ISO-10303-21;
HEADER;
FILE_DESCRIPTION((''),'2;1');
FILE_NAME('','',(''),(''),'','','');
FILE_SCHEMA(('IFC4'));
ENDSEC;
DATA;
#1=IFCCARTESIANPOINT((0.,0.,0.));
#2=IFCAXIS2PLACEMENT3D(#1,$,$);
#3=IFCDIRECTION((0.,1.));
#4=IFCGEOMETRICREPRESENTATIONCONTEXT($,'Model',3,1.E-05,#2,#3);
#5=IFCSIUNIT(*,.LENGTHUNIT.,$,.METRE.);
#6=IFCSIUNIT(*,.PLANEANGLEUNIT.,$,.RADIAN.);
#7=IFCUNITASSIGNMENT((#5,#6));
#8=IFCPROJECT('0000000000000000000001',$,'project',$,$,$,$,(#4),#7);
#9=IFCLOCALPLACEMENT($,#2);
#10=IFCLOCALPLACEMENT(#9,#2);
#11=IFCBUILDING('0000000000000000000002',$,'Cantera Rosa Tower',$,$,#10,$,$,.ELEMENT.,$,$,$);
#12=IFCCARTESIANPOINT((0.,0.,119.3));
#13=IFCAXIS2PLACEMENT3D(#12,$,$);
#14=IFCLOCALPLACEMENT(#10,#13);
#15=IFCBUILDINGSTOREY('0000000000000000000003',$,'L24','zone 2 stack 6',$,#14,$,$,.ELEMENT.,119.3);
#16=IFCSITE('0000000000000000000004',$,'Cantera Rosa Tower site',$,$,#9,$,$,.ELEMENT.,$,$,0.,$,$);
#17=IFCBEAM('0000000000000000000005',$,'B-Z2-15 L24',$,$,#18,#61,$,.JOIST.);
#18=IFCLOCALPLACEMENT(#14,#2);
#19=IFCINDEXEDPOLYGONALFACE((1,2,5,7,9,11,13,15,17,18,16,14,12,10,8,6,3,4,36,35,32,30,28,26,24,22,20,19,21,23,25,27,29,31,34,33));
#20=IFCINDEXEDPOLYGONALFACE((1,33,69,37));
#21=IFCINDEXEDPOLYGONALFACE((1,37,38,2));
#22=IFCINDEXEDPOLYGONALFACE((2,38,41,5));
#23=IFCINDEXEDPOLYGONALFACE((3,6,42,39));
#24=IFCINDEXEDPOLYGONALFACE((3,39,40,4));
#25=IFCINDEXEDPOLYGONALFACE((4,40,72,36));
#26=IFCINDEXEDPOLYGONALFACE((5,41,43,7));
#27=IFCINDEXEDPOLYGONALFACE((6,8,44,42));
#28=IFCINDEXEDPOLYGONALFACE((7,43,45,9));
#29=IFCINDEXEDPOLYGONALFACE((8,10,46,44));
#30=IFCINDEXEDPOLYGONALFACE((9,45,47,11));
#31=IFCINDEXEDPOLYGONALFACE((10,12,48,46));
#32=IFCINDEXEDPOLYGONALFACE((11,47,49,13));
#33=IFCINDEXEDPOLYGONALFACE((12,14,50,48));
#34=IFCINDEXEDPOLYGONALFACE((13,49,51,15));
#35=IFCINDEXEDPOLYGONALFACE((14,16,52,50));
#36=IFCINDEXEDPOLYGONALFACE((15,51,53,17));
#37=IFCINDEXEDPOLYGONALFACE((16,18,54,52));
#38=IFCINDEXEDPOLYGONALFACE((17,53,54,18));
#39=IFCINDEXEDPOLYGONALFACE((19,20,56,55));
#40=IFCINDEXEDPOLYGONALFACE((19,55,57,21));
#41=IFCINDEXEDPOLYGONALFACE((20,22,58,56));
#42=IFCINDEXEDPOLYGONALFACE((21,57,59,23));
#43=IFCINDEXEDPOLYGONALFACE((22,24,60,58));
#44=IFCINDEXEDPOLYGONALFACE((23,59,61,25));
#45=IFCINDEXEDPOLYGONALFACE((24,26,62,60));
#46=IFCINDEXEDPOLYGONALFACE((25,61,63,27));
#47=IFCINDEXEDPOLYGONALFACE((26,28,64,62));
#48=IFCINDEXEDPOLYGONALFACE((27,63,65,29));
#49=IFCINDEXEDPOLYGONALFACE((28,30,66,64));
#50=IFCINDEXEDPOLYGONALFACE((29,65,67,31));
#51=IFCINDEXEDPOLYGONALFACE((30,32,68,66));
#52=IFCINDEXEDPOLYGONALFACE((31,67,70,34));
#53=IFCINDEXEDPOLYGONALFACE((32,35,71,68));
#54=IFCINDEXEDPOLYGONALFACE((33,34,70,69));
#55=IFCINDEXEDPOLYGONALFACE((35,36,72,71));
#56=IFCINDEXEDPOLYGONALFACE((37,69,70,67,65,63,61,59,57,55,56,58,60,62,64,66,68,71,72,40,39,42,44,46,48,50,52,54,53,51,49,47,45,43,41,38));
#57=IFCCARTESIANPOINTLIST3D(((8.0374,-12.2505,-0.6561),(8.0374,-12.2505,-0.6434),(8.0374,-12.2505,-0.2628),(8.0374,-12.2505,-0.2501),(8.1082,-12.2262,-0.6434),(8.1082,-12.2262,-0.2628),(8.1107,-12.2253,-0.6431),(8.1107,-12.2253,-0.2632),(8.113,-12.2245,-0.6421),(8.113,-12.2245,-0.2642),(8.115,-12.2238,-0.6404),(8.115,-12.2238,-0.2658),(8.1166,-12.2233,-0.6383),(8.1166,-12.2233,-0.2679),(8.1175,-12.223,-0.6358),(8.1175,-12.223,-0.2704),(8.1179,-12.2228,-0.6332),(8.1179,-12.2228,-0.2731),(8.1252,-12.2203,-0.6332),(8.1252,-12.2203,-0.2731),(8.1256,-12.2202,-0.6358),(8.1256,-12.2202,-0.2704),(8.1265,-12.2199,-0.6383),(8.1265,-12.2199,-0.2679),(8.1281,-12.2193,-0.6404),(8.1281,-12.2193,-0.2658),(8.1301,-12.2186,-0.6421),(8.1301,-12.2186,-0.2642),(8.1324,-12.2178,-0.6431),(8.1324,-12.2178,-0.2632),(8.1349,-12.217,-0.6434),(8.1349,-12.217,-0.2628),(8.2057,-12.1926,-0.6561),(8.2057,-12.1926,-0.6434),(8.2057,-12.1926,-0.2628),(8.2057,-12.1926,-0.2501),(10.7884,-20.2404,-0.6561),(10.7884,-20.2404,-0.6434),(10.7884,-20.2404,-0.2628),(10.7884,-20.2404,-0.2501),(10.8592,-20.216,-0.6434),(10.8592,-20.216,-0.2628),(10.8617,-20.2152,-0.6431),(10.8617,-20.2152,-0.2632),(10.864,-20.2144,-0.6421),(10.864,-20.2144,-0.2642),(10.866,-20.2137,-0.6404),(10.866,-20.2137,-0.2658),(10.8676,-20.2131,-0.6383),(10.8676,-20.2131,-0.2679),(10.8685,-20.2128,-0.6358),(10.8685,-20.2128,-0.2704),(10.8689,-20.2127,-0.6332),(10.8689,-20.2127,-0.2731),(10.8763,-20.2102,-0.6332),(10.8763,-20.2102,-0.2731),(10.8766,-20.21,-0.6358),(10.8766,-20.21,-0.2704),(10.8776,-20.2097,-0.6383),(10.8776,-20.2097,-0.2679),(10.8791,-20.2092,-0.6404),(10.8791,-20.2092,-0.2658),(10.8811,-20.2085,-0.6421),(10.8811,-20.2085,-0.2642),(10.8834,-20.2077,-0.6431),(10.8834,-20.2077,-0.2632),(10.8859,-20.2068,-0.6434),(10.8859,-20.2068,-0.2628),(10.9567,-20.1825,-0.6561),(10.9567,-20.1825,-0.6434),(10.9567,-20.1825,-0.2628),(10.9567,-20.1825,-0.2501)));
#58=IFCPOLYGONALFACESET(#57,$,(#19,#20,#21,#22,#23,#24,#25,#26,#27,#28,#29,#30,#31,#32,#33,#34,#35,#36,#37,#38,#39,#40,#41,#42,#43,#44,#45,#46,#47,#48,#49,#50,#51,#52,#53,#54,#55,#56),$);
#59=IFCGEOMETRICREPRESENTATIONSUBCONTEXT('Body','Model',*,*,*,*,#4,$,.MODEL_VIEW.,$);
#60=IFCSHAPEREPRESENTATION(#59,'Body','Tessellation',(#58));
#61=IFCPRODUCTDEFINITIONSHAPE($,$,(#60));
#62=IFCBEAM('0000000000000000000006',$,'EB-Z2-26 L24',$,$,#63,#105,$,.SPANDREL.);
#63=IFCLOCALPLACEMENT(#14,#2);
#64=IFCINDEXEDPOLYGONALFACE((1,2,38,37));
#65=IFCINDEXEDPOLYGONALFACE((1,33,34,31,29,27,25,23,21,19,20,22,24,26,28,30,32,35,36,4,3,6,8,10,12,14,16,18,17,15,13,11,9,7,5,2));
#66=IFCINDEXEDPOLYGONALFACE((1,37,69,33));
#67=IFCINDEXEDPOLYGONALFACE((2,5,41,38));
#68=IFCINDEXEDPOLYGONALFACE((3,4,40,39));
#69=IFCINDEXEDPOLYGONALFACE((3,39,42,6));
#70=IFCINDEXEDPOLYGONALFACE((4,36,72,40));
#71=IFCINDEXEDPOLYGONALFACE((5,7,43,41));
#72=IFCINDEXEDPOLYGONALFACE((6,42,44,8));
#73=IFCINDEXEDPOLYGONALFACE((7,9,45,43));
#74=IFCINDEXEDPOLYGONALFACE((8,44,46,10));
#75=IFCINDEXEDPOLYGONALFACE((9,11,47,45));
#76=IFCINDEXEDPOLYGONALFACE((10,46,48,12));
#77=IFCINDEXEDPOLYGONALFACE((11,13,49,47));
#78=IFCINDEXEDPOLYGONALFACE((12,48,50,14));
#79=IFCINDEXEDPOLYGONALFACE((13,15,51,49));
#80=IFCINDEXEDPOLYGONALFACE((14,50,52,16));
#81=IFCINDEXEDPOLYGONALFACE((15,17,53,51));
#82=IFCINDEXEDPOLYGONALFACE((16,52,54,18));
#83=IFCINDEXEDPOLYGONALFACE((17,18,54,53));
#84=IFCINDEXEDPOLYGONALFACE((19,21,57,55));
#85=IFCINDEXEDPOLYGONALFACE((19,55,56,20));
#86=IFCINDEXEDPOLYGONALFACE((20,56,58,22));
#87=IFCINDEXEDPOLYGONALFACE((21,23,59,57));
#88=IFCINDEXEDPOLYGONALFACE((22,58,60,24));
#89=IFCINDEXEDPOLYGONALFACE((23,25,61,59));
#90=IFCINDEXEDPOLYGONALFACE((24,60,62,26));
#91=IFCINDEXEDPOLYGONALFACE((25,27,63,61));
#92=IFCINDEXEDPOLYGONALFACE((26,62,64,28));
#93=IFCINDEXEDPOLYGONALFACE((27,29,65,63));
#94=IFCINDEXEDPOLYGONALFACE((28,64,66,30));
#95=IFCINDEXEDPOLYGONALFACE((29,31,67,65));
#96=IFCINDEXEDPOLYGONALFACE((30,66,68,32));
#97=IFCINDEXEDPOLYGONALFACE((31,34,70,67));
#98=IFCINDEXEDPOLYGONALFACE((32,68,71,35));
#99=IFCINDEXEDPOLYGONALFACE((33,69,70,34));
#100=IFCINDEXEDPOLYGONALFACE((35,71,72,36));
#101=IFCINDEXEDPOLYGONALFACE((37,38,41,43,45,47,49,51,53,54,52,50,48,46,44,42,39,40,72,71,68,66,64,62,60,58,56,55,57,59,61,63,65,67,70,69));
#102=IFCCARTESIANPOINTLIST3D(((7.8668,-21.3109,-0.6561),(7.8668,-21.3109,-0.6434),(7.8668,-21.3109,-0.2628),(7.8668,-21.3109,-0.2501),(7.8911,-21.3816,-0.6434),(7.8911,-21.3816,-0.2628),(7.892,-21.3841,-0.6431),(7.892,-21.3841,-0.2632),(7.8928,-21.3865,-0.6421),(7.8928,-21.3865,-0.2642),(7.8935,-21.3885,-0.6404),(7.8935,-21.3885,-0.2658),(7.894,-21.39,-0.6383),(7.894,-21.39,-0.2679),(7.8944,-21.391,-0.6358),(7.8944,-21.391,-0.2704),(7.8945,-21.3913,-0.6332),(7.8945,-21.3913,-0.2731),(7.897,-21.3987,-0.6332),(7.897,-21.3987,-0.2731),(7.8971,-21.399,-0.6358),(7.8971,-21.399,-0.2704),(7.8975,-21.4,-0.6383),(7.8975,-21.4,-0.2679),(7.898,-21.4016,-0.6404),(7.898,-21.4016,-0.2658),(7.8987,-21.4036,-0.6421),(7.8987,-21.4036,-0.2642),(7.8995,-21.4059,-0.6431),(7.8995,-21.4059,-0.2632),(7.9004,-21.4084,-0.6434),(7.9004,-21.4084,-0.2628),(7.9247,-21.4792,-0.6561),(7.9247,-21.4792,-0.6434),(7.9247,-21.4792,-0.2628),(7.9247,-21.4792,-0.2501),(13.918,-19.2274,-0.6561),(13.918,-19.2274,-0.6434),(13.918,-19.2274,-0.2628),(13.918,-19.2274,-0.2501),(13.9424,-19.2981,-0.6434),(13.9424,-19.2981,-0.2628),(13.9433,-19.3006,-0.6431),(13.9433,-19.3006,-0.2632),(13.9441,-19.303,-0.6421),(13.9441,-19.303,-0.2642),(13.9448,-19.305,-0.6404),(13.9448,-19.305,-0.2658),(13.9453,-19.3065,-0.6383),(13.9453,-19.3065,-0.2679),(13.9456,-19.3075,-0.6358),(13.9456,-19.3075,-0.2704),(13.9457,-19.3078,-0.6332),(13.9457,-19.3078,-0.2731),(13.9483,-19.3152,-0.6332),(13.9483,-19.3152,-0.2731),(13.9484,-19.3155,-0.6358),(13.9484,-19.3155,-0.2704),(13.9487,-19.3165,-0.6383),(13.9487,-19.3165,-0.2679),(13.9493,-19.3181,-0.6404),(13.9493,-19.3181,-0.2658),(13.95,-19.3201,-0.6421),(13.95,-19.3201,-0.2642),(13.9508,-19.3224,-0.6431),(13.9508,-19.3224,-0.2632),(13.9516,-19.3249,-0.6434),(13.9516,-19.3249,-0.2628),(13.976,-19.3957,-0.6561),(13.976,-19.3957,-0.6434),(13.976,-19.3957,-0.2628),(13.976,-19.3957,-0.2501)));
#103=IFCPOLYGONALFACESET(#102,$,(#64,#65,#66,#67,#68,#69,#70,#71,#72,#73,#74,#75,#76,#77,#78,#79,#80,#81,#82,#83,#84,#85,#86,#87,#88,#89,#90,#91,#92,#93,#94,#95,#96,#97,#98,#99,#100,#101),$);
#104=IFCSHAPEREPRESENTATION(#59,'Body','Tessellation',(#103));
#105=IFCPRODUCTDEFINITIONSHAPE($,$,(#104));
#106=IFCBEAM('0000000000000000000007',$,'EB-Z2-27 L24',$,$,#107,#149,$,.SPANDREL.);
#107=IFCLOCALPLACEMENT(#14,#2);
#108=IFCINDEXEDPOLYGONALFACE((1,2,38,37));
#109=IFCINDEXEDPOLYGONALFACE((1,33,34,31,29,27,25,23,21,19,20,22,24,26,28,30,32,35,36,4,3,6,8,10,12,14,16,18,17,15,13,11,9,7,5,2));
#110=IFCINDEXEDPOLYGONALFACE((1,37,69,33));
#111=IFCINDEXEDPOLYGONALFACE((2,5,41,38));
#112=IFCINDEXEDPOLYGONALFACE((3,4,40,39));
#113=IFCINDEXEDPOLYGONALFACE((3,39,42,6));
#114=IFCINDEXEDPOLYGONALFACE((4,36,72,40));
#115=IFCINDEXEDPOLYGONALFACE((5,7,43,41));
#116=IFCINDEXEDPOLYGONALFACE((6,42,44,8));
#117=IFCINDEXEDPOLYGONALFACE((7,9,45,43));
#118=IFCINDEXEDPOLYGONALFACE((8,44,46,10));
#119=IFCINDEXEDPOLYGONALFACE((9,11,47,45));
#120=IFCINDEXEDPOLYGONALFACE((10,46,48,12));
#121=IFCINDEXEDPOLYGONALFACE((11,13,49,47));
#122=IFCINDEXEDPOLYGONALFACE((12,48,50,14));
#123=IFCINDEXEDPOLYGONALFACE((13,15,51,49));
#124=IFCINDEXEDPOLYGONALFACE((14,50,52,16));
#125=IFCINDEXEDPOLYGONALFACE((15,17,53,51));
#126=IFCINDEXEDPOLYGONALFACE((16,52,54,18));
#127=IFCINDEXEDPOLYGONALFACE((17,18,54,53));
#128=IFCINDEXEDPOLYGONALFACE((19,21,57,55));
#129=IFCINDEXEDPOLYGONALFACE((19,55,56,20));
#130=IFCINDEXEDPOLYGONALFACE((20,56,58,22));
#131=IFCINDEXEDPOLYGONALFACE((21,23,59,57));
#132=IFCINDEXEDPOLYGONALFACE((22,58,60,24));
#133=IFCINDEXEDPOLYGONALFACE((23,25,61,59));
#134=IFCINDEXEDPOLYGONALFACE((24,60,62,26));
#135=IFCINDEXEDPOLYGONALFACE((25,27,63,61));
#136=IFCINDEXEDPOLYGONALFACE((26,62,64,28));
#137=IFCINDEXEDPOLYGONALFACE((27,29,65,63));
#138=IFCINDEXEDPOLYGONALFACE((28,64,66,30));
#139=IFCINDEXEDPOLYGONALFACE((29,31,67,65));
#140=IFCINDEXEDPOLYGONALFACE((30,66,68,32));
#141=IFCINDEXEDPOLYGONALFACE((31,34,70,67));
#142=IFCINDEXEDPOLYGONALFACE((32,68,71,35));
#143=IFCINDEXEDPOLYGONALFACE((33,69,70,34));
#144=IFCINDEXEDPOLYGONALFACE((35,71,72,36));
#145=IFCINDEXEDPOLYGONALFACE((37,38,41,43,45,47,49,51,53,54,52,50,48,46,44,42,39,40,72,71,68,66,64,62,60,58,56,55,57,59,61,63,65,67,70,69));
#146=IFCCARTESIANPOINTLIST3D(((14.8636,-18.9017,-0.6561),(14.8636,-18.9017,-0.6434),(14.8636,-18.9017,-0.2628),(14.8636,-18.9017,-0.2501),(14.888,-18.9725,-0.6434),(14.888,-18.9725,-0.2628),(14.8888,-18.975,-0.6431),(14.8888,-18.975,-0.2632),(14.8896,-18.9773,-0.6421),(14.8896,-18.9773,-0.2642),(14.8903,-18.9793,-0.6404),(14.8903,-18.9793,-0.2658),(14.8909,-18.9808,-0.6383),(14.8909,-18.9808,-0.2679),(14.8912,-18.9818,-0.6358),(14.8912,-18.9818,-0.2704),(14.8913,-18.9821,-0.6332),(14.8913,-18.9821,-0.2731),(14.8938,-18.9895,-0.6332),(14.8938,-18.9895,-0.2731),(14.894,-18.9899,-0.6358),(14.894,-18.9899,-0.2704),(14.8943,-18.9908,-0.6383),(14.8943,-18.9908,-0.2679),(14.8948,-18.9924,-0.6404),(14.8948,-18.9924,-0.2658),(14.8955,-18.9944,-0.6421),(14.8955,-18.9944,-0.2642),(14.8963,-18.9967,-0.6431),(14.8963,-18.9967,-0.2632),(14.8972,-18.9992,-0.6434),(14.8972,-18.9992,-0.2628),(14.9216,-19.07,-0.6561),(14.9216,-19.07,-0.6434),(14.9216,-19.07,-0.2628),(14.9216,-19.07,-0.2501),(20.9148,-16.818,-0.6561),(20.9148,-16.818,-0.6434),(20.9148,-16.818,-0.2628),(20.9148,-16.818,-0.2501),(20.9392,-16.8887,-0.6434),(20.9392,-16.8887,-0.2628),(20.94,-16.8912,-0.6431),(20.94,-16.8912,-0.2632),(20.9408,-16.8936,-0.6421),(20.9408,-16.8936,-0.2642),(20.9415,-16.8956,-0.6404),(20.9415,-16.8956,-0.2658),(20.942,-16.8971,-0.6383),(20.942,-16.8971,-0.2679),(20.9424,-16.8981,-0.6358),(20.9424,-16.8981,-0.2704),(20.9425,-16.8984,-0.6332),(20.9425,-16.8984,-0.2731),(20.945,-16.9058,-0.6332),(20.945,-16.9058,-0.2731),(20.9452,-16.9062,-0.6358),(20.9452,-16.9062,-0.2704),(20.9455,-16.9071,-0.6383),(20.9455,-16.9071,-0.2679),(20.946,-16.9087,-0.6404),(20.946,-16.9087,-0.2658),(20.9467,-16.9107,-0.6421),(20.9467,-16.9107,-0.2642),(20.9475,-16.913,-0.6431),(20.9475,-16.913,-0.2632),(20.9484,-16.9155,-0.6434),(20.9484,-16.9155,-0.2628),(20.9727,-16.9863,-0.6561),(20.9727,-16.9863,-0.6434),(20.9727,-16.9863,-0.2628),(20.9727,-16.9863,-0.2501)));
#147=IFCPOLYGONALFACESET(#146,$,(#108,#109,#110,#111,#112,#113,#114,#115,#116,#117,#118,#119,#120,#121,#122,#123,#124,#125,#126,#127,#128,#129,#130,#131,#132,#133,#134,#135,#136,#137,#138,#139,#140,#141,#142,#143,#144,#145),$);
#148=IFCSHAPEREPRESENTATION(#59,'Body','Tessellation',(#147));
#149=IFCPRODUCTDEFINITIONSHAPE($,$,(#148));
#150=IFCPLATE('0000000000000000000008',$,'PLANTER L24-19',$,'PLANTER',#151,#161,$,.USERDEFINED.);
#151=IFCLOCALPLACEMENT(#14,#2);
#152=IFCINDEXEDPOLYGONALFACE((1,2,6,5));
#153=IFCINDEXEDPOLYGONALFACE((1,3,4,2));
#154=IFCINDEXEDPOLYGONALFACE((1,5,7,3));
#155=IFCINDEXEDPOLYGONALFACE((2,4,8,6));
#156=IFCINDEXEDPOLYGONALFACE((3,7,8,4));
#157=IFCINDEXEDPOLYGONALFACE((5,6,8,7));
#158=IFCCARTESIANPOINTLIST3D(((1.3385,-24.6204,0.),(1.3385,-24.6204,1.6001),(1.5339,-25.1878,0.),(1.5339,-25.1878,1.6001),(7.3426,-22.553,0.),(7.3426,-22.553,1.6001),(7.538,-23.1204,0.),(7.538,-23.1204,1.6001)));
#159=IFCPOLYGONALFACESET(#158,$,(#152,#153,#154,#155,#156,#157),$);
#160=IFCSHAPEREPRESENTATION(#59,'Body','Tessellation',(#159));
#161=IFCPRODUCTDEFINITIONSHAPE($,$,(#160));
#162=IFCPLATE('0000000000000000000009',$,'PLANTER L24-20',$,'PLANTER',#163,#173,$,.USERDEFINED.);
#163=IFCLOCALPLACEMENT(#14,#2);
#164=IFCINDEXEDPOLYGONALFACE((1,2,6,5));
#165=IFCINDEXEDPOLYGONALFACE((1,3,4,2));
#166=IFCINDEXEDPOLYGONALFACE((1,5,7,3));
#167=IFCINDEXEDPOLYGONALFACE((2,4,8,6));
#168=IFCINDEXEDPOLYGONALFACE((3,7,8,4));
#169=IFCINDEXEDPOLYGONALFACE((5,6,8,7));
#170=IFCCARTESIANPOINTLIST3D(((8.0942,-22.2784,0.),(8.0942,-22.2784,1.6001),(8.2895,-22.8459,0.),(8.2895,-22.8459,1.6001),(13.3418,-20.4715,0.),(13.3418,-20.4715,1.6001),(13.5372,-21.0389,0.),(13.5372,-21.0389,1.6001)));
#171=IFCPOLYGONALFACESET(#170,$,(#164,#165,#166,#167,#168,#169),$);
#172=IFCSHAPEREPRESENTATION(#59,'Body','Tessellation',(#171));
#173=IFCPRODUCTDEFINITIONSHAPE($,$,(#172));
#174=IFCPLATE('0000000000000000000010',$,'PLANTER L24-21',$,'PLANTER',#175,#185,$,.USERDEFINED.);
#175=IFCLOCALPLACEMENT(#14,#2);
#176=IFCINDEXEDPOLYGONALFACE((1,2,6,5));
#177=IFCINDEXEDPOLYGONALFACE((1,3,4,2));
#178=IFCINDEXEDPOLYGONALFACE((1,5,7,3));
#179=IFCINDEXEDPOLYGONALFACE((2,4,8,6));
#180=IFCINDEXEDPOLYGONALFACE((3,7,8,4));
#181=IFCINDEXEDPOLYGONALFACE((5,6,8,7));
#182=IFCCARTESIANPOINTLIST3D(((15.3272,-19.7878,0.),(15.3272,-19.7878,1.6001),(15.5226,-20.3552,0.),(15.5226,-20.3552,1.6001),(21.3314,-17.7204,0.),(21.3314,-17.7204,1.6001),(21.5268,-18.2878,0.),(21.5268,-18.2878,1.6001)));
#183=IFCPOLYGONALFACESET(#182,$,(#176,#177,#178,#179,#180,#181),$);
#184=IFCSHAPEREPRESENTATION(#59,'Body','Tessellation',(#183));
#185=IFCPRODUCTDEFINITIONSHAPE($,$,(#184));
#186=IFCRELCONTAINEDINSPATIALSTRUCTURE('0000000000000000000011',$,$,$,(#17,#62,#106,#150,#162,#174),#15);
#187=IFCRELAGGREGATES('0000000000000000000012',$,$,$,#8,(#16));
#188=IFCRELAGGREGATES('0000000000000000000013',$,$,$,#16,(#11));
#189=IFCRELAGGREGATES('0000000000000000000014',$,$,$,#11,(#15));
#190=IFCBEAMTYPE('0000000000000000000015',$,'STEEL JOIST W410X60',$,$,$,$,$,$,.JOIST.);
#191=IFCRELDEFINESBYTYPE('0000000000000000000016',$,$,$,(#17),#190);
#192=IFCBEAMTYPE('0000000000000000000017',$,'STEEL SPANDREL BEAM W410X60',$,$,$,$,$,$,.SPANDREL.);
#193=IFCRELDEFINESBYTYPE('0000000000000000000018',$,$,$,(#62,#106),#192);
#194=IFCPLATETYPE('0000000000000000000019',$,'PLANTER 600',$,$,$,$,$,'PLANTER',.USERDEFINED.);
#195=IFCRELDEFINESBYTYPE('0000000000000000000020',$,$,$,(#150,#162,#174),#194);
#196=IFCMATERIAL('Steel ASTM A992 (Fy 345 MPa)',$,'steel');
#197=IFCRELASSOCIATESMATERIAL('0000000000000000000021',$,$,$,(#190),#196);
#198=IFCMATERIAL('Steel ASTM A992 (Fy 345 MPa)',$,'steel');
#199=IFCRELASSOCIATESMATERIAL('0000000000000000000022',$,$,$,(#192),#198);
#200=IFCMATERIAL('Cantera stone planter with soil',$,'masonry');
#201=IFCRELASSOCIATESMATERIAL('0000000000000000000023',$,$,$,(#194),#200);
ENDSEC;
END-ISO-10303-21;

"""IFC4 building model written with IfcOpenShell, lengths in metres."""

from ifc_helpers import new_model, si_unit, direction, frame, origin, origin_2d, place, context, subcontext, project, spatial, rectangle, i_section, extrude, material, material_profile, profile_set, type_object, element, save


model = new_model("IFC4")

# Units and contexts
model_context = context("Model", 3, precision=1e-05, world=origin(), true_north=direction((0.0, 1.0)))
body_context = subcontext(model_context, "Body", "Model", "MODEL_VIEW")
ifc_project = project(units=[si_unit("LENGTHUNIT", "METRE"), si_unit("PLANEANGLEUNIT", "RADIAN")], contexts=[model_context])

# Site, building, storey
site_placement = place(None, origin())
site = spatial("IfcSite", under=ifc_project, at=site_placement, Name="Cantera Rosa Tower site", CompositionType="ELEMENT", RefElevation=0.0)
building_placement = place(site_placement, origin())
building = spatial("IfcBuilding", under=site, at=building_placement, Name="Cantera Rosa Tower", CompositionType="ELEMENT")
storey_placement = place(building_placement, frame((0.0, 0.0, 119.3)))
storey = spatial("IfcBuildingStorey", under=building, at=storey_placement, Name="L24", Description="zone 2 stack 6", CompositionType="ELEMENT", Elevation=119.3)

# Beams
ifc_material_1 = material(Name="Steel ASTM A992 (Fy 345 MPa)", Category="steel")
ifc_material_profile_1 = material_profile(ifc_material_1, i_section(OverallWidth=0.178, OverallDepth=0.406, WebThickness=0.0078, FlangeThickness=0.0127, FilletRadius=0.0103, at=origin_2d()), Name="W410X60")
ifc_profile_set_1 = profile_set([ifc_material_profile_1], Name="Steel ASTM A992 (Fy 345 MPa)")
beam_type_1 = type_object("IfcBeamType", Name="STEEL JOIST W410X60", PredefinedType="JOIST", material=ifc_profile_set_1)
for number, where, z_axis, x_axis, name in (
    (1, (10.8726, -20.2114, -0.4531), (-0.325556, 0.945523, 0.0), (-0.945523, -0.325556, 0.0), "B-Z2-15 L24"),
):
    element("IfcBeam", number, at=place(storey_placement, frame(where, z_axis=z_axis, x_axis=x_axis)), inside=storey, type_object=beam_type_1, Name=name, PredefinedType="JOIST", context=body_context, shape_type="SweptSolid", body=[
        extrude(i_section(OverallWidth=0.178, OverallDepth=0.406, WebThickness=0.0078, FlangeThickness=0.0127, FilletRadius=0.0103, at=origin_2d()), origin(), (0.0, 0.0, 1.0), 8.4502),
    ])
ifc_material_2 = material(Name="Steel ASTM A992 (Fy 345 MPa)", Category="steel")
ifc_material_profile_2 = material_profile(ifc_material_2, i_section(OverallWidth=0.178, OverallDepth=0.406, WebThickness=0.0078, FlangeThickness=0.0127, FilletRadius=0.0103, at=origin_2d()), Name="W410X60")
ifc_profile_set_2 = profile_set([ifc_material_profile_2], Name="Steel ASTM A992 (Fy 345 MPa)")
beam_type_2 = type_object("IfcBeamType", Name="STEEL SPANDREL BEAM W410X60", PredefinedType="SPANDREL", material=ifc_profile_set_2)
for number, where, z_axis, x_axis, name in (
    (2, (7.8958, -21.395, -0.4531), (0.945524, 0.325551, 0.0), (-0.325551, 0.945524, 0.0), "EB-Z2-26 L24"),
    (3, (14.8926, -18.9858, -0.4531), (0.945513, 0.325585, 0.0), (-0.325585, 0.945513, 0.0), "EB-Z2-27 L24"),
):
    element("IfcBeam", number, at=place(storey_placement, frame(where, z_axis=z_axis, x_axis=x_axis)), inside=storey, type_object=beam_type_2, Name=name, PredefinedType="SPANDREL", context=body_context, shape_type="SweptSolid", body=[
        extrude(i_section(OverallWidth=0.178, OverallDepth=0.406, WebThickness=0.0078, FlangeThickness=0.0127, FilletRadius=0.0103, at=origin_2d()), origin(), (0.0, 0.0, 1.0), 6.3999),
    ])

# Plates
ifc_material_3 = material(Name="Cantera stone planter with soil", Category="masonry")
plate_type = type_object("IfcPlateType", Name="PLANTER 600", ElementType="PLANTER", PredefinedType="USERDEFINED", material=ifc_material_3)
plate_1_placement = place(storey_placement, frame((4.4382, -23.8704, 0.0), z_axis=(0.0, 0.0, 1.0), x_axis=(0.945519, 0.325568, 0.0)))
element("IfcPlate", 4, at=plate_1_placement, inside=storey, type_object=plate_type, Name="PLANTER L24-19", ObjectType="PLANTER", PredefinedType="USERDEFINED", context=body_context, shape_type="SweptSolid", body=[
    extrude(rectangle(XDim=6.3501, YDim=0.6001, at=origin_2d()), origin(), (0.0, 0.0, 1.0), 1.6001),
])
plate_2_placement = place(storey_placement, frame((10.8157, -21.6587, 0.0), z_axis=(0.0, 0.0, 1.0), x_axis=(0.945519, 0.325568, 0.0)))
element("IfcPlate", 5, at=plate_2_placement, inside=storey, type_object=plate_type, Name="PLANTER L24-20", ObjectType="PLANTER", PredefinedType="USERDEFINED", context=body_context, shape_type="SweptSolid", body=[
    extrude(rectangle(XDim=5.55, YDim=0.6001, at=origin_2d()), origin(), (0.0, 0.0, 1.0), 1.6001),
])
plate_3_placement = place(storey_placement, frame((18.427, -19.0378, 0.0), z_axis=(0.0, 0.0, 1.0), x_axis=(0.945519, 0.325568, 0.0)))
element("IfcPlate", 6, at=plate_3_placement, inside=storey, type_object=plate_type, Name="PLANTER L24-21", ObjectType="PLANTER", PredefinedType="USERDEFINED", context=body_context, shape_type="SweptSolid", body=[
    extrude(rectangle(XDim=6.3501, YDim=0.6001, at=origin_2d()), origin(), (0.0, 0.0, 1.0), 1.6001),
])

save(model, "model.ifc")
